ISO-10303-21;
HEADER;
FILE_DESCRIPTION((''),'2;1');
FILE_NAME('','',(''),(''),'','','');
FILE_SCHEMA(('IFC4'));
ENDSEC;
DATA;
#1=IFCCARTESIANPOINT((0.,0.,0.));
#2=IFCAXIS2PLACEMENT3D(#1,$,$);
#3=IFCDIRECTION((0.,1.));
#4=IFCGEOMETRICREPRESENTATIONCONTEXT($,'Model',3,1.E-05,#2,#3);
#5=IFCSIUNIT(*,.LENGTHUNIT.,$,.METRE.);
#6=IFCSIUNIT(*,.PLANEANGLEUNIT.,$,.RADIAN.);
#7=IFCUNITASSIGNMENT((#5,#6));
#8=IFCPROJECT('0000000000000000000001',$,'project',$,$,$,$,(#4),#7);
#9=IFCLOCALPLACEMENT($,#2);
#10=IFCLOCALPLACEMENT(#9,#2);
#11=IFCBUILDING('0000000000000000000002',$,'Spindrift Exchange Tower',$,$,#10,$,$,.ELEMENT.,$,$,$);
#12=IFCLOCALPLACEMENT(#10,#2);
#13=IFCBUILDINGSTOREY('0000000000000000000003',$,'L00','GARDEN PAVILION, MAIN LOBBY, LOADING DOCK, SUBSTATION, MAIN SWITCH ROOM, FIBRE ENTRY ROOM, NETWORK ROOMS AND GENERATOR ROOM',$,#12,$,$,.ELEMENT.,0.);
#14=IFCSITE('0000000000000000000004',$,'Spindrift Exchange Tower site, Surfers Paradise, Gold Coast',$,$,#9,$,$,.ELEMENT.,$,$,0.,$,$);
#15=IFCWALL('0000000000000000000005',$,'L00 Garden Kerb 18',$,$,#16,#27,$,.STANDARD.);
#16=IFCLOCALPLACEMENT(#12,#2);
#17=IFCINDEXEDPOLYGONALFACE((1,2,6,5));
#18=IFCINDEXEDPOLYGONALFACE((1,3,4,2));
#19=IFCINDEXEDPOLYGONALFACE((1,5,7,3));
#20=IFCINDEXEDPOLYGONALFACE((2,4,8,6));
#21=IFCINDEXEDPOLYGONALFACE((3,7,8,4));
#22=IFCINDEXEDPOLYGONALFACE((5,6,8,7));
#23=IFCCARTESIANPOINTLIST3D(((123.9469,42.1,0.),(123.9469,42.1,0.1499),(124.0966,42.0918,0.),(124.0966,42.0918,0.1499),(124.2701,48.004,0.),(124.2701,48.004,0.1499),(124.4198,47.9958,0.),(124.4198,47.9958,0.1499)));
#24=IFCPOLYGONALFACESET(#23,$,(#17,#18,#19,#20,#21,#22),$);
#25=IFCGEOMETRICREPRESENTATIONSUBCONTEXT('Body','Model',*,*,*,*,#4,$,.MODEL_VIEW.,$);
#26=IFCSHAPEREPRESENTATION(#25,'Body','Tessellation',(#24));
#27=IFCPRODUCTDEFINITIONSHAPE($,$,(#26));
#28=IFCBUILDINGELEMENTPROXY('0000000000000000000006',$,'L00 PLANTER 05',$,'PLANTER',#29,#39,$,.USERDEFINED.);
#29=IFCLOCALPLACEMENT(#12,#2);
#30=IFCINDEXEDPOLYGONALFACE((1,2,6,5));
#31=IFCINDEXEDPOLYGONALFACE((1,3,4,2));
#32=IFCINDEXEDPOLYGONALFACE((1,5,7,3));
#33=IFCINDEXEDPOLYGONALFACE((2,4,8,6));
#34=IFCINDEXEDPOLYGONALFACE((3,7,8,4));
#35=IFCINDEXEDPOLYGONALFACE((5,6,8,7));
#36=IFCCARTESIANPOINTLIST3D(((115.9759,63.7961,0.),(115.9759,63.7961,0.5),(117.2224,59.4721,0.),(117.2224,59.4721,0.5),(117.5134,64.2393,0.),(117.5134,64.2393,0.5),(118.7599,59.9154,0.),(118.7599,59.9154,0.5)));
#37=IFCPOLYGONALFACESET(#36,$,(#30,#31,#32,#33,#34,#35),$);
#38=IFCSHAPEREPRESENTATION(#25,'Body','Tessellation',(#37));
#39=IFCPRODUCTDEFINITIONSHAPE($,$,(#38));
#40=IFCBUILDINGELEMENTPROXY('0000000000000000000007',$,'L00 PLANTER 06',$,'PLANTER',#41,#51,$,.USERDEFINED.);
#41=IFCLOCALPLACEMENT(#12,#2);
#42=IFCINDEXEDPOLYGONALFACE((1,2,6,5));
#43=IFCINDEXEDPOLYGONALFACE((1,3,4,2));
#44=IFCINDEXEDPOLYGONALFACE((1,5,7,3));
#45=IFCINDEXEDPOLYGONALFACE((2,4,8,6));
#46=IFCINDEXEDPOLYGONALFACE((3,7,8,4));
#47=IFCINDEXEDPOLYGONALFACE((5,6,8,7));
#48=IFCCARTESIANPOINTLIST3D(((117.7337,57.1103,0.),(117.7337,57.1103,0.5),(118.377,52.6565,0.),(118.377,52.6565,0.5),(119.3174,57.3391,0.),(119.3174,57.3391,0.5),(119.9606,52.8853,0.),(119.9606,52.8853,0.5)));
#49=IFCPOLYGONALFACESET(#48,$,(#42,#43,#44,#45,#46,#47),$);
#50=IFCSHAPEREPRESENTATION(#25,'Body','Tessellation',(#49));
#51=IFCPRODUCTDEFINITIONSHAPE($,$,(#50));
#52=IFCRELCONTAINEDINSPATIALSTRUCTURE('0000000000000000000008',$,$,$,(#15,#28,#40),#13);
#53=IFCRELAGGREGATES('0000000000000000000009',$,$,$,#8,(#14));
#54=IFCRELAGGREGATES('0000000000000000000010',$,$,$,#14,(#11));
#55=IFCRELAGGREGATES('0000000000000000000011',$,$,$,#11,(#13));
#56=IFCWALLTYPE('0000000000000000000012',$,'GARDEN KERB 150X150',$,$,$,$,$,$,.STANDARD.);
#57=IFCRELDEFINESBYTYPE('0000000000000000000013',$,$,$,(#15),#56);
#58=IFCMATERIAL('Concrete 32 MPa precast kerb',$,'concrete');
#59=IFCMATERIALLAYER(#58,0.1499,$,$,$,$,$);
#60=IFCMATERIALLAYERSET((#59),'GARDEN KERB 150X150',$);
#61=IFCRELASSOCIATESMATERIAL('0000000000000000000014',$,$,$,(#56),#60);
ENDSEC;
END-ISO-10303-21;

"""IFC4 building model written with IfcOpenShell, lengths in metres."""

from ifc_helpers import new_model, si_unit, direction, frame, frame_2d, origin, origin_2d, place, context, subcontext, project, spatial, rectangle, extrude, source, transform, mapped, material, layer, layer_set, type_object, element, save


model = new_model("IFC4")

# Units and contexts
model_context = context("Model", 3, precision=1e-05, world=origin(), true_north=direction((0.0, 1.0)))
body_context = subcontext(model_context, "Body", "Model", "MODEL_VIEW")
ifc_project = project(units=[si_unit("LENGTHUNIT", "METRE"), si_unit("PLANEANGLEUNIT", "RADIAN")], contexts=[model_context])

# Site, building, storey
site_placement = place(None, origin())
site = spatial("IfcSite", under=ifc_project, at=site_placement, Name="Spindrift Exchange Tower site, Surfers Paradise, Gold Coast", CompositionType="ELEMENT", RefElevation=0.0)
building_placement = place(site_placement, origin())
building = spatial("IfcBuilding", under=site, at=building_placement, Name="Spindrift Exchange Tower", CompositionType="ELEMENT")
storey_placement = place(building_placement, origin())
storey = spatial("IfcBuildingStorey", under=building, at=storey_placement, Name="L00", Description="GARDEN PAVILION, MAIN LOBBY, LOADING DOCK, SUBSTATION, MAIN SWITCH ROOM, FIBRE ENTRY ROOM, NETWORK ROOMS AND GENERATOR ROOM", CompositionType="ELEMENT", Elevation=0.0)

# Wall
ifc_material_1 = material(Name="Concrete 32 MPa precast kerb", Category="concrete")
ifc_layer_1 = layer(ifc_material_1, 0.1499)
ifc_layer_set_1 = layer_set([ifc_layer_1], Name="GARDEN KERB 150X150")
wall_type_1 = type_object("IfcWallType", Name="GARDEN KERB 150X150", PredefinedType="STANDARD", material=ifc_layer_set_1)
wall_1_placement = place(storey_placement, frame((124.345, 48.0, 0.0), z_axis=(0.0, 0.0, 1.0), x_axis=(-0.054667, -0.998505, 0.0)))
element("IfcWall", 1, at=wall_1_placement, inside=storey, type_object=wall_type_1, Name="L00 Garden Kerb 18", PredefinedType="STANDARD", context=body_context, shape_type="SweptSolid", body=[
    extrude(rectangle(XDim=5.9128, YDim=0.1499, at=frame_2d((2.9565, 0.0))), origin(), (0.0, 0.0, 1.0), 0.1499),
])

# Building element proxies
shared_shape_1 = source(origin(), body_context, "Body", "SweptSolid", [
    extrude(rectangle(XDim=4.5, YDim=1.6001, at=origin_2d()), origin(), (0.0, 0.0, 1.0), 0.5),
])
for number, where, z_axis, x_axis, name in (
    (2, (117.3679, 61.8557, 0.0), (0.0, 0.0, 1.0), (0.276998, -0.960871, 0.0), "L00 PLANTER 05"),
    (3, (118.8472, 54.9978, 0.0), (0.0, 0.0, 1.0), (0.142954, -0.989729, 0.0), "L00 PLANTER 06"),
):
    element("IfcBuildingElementProxy", number, at=place(storey_placement, frame(where, z_axis=z_axis, x_axis=x_axis)), inside=storey, Name=name, ObjectType="PLANTER", PredefinedType="USERDEFINED", context=body_context, shape_type="MappedRepresentation", body=[
        mapped(shared_shape_1, transform((0.0, 0.0, 0.0), scale=1.0)),
    ])

save(model, "model.ifc")
